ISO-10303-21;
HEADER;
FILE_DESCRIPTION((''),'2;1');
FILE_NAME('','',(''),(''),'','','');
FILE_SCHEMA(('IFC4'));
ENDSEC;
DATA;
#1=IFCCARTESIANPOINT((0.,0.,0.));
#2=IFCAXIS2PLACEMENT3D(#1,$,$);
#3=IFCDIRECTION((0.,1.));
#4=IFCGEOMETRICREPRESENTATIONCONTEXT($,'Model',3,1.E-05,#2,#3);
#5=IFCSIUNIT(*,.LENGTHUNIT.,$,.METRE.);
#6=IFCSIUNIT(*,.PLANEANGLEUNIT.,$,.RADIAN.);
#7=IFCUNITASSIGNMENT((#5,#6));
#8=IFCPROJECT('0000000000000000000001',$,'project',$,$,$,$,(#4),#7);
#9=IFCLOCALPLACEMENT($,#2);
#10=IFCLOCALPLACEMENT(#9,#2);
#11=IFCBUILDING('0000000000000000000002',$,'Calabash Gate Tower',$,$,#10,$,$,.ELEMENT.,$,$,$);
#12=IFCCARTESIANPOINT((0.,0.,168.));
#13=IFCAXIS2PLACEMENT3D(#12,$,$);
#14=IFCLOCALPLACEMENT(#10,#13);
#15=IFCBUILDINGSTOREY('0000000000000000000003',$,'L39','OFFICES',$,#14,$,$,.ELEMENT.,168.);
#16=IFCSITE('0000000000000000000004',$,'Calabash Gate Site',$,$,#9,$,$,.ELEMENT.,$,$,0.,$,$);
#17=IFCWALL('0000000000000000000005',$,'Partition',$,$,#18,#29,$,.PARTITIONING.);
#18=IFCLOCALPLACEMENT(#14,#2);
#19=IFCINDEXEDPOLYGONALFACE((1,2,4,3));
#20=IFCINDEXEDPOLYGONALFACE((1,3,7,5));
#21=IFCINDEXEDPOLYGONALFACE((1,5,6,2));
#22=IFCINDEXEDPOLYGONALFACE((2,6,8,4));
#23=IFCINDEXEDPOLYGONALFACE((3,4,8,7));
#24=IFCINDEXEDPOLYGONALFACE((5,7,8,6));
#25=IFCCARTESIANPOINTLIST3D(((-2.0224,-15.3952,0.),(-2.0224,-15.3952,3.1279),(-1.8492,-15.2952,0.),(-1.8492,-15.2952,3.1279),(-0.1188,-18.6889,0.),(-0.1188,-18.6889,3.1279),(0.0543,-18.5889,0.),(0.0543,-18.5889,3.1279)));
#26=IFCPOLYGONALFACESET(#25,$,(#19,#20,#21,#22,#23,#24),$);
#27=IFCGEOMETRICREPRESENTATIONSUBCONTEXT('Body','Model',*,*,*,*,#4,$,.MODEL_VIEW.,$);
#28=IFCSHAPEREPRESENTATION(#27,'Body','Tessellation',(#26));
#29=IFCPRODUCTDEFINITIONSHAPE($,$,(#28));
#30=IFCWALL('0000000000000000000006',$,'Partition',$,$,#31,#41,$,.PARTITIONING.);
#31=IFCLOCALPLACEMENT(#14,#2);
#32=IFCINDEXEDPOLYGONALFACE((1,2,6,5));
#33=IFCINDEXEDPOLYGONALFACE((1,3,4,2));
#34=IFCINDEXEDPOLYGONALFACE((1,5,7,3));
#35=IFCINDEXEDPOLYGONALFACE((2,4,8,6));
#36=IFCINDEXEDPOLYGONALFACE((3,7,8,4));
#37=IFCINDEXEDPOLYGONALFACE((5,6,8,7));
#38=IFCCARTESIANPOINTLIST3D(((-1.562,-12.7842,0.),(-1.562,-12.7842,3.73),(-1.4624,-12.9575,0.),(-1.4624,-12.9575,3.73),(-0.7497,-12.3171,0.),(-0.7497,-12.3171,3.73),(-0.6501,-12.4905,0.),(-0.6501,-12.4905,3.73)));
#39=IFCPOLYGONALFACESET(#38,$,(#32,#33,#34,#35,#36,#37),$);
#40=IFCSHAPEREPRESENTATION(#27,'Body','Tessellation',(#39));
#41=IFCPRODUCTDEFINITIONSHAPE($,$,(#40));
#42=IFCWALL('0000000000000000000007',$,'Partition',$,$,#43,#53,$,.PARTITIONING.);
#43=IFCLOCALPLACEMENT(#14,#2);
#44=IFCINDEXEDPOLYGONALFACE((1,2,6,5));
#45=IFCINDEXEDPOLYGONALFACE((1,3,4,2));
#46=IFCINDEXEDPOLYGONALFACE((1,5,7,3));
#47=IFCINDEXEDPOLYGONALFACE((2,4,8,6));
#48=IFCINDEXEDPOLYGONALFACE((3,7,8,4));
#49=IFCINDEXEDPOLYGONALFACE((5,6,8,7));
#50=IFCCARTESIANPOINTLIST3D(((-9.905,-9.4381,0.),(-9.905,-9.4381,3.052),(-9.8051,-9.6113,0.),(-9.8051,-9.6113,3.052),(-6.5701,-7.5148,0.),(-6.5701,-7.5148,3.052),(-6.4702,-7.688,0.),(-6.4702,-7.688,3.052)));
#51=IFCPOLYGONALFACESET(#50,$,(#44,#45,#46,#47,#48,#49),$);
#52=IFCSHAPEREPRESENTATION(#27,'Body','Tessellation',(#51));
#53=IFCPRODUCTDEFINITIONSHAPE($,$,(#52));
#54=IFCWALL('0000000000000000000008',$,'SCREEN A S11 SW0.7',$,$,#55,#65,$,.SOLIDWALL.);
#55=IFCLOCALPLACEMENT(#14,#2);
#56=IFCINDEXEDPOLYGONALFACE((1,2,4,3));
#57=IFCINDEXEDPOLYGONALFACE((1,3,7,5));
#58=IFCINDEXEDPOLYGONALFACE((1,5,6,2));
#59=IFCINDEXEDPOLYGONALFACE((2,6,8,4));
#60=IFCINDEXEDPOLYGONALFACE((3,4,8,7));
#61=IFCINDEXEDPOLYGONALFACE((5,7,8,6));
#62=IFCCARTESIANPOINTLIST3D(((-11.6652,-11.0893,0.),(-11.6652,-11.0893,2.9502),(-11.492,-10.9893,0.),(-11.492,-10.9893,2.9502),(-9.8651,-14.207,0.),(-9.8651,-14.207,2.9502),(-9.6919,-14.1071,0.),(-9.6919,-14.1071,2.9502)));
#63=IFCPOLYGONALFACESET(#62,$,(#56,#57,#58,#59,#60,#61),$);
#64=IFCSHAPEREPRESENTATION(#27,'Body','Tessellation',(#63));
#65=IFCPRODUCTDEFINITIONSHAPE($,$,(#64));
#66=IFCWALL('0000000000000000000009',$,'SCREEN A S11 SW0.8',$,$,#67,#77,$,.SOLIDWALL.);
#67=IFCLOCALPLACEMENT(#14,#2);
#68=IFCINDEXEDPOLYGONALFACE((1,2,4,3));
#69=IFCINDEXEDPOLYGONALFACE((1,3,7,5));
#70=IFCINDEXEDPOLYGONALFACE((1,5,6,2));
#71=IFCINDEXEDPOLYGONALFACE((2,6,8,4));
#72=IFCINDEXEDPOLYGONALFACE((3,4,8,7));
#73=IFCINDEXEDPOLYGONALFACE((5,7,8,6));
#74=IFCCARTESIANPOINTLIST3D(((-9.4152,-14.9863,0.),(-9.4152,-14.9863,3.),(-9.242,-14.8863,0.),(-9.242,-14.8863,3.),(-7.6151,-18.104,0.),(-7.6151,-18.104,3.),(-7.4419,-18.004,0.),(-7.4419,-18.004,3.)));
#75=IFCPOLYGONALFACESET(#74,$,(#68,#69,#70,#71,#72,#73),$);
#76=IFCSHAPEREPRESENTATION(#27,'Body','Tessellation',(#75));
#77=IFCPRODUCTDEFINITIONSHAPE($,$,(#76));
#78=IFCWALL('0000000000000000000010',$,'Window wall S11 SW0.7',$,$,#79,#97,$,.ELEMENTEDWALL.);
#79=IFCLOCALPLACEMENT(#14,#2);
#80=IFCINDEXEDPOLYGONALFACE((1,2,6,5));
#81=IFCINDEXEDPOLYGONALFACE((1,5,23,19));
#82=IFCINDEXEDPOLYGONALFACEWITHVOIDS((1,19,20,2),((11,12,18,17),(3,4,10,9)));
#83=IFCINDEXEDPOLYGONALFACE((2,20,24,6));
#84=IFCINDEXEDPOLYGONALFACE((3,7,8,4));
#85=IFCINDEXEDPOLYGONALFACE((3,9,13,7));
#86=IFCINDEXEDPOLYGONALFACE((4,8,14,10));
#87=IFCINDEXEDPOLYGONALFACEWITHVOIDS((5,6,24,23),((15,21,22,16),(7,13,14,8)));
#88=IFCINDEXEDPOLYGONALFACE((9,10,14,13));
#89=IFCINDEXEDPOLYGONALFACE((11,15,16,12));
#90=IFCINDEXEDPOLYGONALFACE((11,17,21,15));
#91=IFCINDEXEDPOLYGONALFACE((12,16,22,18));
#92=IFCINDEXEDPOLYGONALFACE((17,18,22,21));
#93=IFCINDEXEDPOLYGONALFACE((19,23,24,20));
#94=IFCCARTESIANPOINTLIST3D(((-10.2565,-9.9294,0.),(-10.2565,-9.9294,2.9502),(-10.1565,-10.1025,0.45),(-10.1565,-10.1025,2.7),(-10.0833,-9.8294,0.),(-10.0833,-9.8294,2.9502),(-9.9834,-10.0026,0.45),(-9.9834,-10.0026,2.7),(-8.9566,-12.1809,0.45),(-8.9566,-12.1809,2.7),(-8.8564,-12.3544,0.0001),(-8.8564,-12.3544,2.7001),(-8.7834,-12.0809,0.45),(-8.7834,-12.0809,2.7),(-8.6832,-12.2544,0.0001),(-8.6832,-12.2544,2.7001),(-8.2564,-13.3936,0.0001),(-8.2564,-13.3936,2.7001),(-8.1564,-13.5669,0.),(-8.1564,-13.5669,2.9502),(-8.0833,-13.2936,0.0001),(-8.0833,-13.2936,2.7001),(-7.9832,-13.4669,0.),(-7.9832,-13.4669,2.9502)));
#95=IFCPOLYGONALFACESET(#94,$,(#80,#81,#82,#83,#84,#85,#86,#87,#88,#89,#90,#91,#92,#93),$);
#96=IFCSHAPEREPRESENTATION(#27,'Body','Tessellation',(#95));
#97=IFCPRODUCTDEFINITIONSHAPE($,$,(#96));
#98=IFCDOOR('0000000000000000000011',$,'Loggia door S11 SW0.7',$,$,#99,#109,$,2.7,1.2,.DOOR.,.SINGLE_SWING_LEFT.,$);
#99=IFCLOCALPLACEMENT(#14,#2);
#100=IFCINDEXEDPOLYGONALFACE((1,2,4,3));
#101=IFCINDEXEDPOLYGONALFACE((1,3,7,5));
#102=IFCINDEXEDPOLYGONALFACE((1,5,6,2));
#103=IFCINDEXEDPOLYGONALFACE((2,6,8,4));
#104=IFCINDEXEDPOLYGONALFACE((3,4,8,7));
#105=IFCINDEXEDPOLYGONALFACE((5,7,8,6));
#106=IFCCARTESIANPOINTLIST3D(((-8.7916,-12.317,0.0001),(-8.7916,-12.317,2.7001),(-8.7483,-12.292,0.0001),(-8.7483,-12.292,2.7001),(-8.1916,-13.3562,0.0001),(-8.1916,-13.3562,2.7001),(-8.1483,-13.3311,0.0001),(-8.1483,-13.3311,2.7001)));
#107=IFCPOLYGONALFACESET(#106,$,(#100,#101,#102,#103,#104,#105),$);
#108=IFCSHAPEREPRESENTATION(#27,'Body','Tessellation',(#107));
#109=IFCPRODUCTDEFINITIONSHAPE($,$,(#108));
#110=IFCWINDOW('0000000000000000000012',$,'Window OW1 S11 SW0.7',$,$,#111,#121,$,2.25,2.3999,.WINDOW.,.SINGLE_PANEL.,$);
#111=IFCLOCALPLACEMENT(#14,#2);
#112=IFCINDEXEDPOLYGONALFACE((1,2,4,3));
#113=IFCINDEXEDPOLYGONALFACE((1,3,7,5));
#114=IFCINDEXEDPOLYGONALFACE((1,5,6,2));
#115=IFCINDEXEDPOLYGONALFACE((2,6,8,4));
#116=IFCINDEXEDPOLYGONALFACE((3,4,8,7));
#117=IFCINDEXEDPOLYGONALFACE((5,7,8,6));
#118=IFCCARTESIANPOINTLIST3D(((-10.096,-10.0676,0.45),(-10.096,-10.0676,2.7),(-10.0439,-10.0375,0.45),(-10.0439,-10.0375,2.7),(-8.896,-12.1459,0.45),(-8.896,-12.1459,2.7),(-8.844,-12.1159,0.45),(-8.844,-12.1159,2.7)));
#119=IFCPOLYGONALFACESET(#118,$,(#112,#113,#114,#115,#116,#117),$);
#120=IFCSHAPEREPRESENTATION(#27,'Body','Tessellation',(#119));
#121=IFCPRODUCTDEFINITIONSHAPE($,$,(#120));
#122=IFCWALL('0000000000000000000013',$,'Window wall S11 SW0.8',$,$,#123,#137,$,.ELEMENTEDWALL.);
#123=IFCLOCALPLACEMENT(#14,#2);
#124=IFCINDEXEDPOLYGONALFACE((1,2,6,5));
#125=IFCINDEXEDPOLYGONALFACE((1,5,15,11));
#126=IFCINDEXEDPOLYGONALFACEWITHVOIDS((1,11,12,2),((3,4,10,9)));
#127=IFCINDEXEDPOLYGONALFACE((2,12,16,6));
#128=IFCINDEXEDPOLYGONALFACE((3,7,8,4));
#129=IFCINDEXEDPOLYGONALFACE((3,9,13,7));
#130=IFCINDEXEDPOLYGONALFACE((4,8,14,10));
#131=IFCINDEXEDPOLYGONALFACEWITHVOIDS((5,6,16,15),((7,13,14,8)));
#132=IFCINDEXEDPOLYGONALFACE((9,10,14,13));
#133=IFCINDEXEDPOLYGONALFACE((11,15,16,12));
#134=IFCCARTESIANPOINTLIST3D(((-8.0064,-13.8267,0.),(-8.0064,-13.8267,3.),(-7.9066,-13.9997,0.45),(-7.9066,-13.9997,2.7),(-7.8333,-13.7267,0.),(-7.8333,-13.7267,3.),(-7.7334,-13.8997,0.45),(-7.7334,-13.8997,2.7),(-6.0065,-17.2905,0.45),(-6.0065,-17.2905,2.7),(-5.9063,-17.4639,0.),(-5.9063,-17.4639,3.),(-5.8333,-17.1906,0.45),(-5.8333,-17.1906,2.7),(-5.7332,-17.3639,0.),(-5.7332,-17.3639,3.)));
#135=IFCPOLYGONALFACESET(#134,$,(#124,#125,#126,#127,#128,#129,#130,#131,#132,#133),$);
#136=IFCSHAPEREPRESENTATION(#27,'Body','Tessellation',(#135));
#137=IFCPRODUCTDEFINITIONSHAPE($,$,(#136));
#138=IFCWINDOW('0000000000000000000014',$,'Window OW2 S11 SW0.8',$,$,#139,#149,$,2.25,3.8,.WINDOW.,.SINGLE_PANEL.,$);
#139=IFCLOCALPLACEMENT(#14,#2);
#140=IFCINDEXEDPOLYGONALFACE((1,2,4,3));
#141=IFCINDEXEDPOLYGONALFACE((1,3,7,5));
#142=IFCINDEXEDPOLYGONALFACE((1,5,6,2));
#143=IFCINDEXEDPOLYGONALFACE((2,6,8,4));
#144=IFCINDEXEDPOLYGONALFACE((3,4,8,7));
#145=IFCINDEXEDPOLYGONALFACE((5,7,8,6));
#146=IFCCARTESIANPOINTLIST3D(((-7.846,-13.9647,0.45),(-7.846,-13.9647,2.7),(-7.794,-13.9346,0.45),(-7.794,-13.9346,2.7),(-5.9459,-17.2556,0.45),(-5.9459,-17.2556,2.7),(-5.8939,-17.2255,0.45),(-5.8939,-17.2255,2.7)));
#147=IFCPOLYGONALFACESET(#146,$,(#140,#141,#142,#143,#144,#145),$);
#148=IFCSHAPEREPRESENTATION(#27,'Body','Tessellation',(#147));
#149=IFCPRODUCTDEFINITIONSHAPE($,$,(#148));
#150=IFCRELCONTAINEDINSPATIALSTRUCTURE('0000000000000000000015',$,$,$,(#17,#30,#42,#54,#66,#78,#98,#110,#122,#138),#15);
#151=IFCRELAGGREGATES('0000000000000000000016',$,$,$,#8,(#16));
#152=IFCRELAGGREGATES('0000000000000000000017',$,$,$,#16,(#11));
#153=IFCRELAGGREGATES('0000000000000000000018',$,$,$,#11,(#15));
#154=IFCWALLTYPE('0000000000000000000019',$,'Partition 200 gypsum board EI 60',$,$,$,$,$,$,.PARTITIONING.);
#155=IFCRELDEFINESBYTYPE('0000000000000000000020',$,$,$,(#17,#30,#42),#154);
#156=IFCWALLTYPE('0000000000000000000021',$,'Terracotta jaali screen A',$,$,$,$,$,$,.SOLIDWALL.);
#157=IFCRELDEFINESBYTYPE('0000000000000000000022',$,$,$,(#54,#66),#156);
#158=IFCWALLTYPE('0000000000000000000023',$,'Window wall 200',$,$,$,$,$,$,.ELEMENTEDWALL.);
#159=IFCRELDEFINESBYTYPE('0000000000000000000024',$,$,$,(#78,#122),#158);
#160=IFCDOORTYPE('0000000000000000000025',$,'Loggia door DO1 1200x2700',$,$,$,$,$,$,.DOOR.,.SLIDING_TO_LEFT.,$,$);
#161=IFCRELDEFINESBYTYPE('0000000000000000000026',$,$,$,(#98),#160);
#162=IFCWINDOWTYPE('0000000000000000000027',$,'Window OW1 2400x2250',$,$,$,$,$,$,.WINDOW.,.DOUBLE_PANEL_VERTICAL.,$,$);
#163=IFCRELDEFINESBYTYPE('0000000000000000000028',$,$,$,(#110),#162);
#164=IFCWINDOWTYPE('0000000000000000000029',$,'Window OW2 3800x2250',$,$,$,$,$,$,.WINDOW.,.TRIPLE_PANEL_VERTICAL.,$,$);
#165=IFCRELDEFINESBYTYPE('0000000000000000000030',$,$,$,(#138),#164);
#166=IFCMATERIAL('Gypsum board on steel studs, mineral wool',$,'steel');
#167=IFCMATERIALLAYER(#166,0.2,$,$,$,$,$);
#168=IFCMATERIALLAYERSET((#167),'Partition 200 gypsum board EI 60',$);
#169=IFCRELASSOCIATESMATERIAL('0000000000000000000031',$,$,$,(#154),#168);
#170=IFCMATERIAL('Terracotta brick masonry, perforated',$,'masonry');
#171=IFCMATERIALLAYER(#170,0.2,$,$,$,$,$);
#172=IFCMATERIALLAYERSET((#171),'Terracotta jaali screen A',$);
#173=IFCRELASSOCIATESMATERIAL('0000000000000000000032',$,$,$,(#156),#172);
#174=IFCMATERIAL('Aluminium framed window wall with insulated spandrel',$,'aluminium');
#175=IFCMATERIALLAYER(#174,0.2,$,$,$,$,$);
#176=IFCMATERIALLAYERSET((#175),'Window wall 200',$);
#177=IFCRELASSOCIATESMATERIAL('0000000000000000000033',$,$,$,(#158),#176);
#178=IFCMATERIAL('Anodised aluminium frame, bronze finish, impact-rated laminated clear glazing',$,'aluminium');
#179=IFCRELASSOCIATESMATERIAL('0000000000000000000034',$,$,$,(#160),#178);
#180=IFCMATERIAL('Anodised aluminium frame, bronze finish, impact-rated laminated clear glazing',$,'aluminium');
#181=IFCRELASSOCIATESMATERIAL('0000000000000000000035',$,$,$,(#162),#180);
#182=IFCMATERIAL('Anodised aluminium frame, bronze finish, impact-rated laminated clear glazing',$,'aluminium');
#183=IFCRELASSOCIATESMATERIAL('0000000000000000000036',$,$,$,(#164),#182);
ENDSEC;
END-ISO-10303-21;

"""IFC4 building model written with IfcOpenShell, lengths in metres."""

from ifc_helpers import new_model, si_unit, direction, frame, frame_2d, origin, place, context, subcontext, project, spatial, rectangle, extrude, material, layer, layer_set, type_object, element, fill, save


model = new_model("IFC4")

# Units and contexts
model_context = context("Model", 3, precision=1e-05, world=origin(), true_north=direction((0.0, 1.0)))
body_context = subcontext(model_context, "Body", "Model", "MODEL_VIEW")
ifc_project = project(units=[si_unit("LENGTHUNIT", "METRE"), si_unit("PLANEANGLEUNIT", "RADIAN")], contexts=[model_context])

# Site, building, storey
site_placement = place(None, origin())
site = spatial("IfcSite", under=ifc_project, at=site_placement, Name="Calabash Gate Site", CompositionType="ELEMENT", RefElevation=0.0)
building_placement = place(site_placement, origin())
building = spatial("IfcBuilding", under=site, at=building_placement, Name="Calabash Gate Tower", CompositionType="ELEMENT")
storey_placement = place(building_placement, frame((0.0, 0.0, 168.0)))
storey = spatial("IfcBuildingStorey", under=building, at=storey_placement, Name="L39", Description="OFFICES", CompositionType="ELEMENT", Elevation=168.0)

# Walls
ifc_material_1 = material(Name="Gypsum board on steel studs, mineral wool", Category="steel")
ifc_layer_1 = layer(ifc_material_1, 0.2)
ifc_layer_set_1 = layer_set([ifc_layer_1], Name="Partition 200 gypsum board EI 60")
wall_type_1 = type_object("IfcWallType", Name="Partition 200 gypsum board EI 60", PredefinedType="PARTITIONING", material=ifc_layer_set_1)
wall_1_placement = place(storey_placement, frame((-1.9358, -15.3452, 0.0), z_axis=(0.0, 0.0, 1.0), x_axis=(0.500383, -0.865804, 0.0)))
element("IfcWall", 1, at=wall_1_placement, inside=storey, type_object=wall_type_1, Name="Partition", PredefinedType="PARTITIONING", context=body_context, shape_type="SweptSolid", body=[
    extrude(rectangle(XDim=3.8042, YDim=0.2, at=frame_2d((1.9021, 0.0))), origin(), (0.0, 0.0, 1.0), 3.1279),
])
wall_2_placement = place(storey_placement, frame((-1.5122, -12.8708, 0.0), z_axis=(0.0, 0.0, 1.0), x_axis=(0.866909, 0.498466, 0.0)))
element("IfcWall", 2, at=wall_2_placement, inside=storey, type_object=wall_type_1, Name="Partition", PredefinedType="PARTITIONING", context=body_context, shape_type="SweptSolid", body=[
    extrude(rectangle(XDim=0.937, YDim=0.2, at=frame_2d((0.4685, 0.0))), origin(), (0.0, 0.0, 1.0), 3.73),
])
wall_3_placement = place(storey_placement, frame((-9.855, -9.5247, 0.0), z_axis=(0.0, 0.0, 1.0), x_axis=(0.866262, 0.499591, 0.0)))
element("IfcWall", 3, at=wall_3_placement, inside=storey, type_object=wall_type_1, Name="Partition", PredefinedType="PARTITIONING", context=body_context, shape_type="SweptSolid", body=[
    extrude(rectangle(XDim=3.8499, YDim=0.2, at=frame_2d((1.9248, 0.0))), origin(), (0.0, 0.0, 1.0), 3.052),
])
ifc_material_2 = material(Name="Terracotta brick masonry, perforated", Category="masonry")
ifc_layer_2 = layer(ifc_material_2, 0.2)
ifc_layer_set_2 = layer_set([ifc_layer_2], Name="Terracotta jaali screen A")
wall_type_2 = type_object("IfcWallType", Name="Terracotta jaali screen A", PredefinedType="SOLIDWALL", material=ifc_layer_set_2)
wall_4_placement = place(storey_placement, frame((-11.5786, -11.0393, 0.0), z_axis=(0.0, 0.0, 1.0), x_axis=(0.500012, -0.866018, 0.0)))
element("IfcWall", 4, at=wall_4_placement, inside=storey, type_object=wall_type_2, Name="SCREEN A S11 SW0.7", PredefinedType="SOLIDWALL", context=body_context, shape_type="SweptSolid", body=[
    extrude(rectangle(XDim=3.6001, YDim=0.2, at=frame_2d((1.8, 0.0))), origin(), (0.0, 0.0, 1.0), 2.9502),
])
wall_5_placement = place(storey_placement, frame((-9.3286, -14.9363, 0.0), z_axis=(0.0, 0.0, 1.0), x_axis=(0.500012, -0.866018, 0.0)))
element("IfcWall", 5, at=wall_5_placement, inside=storey, type_object=wall_type_2, Name="SCREEN A S11 SW0.8", PredefinedType="SOLIDWALL", context=body_context, shape_type="SweptSolid", body=[
    extrude(rectangle(XDim=3.6001, YDim=0.2, at=frame_2d((1.8, 0.0))), origin(), (0.0, 0.0, 1.0), 3.0),
])

# Wall, openings, door, window
ifc_material_3 = material(Name="Aluminium framed window wall with insulated spandrel", Category="aluminium")
ifc_layer_3 = layer(ifc_material_3, 0.2)
ifc_layer_set_3 = layer_set([ifc_layer_3], Name="Window wall 200")
wall_type_3 = type_object("IfcWallType", Name="Window wall 200", PredefinedType="ELEMENTEDWALL", material=ifc_layer_set_3)
wall_6_placement = place(storey_placement, frame((-10.1699, -9.8794, 0.0), z_axis=(0.0, 0.0, 1.0), x_axis=(0.500003, -0.866024, 0.0)))
wall_6 = element("IfcWall", 6, at=wall_6_placement, inside=storey, type_object=wall_type_3, Name="Window wall S11 SW0.7", PredefinedType="ELEMENTEDWALL", context=body_context, shape_type="SweptSolid", body=[
    extrude(rectangle(XDim=4.2002, YDim=0.2, at=frame_2d((2.1001, 0.0))), origin(), (0.0, 0.0, 1.0), 2.9502),
])
opening_1_placement = place(wall_6_placement, frame((0.2, 0.0, 0.45)))
opening_1 = element("IfcOpeningElement", 7, at=opening_1_placement, cuts=wall_6, PredefinedType="OPENING", context=body_context, shape_type="SweptSolid", body=[
    extrude(rectangle(XDim=2.3999, YDim=2.25, at=frame_2d((1.2, 1.125))), frame((0.0, 0.1099, 0.0), z_axis=(0.0, -1.0, 0.0), x_axis=(1.0, 0.0, 0.0)), (0.0, 0.0, 1.0), 0.22),
])
opening_2_placement = place(wall_6_placement, frame((2.8, 0.0, 0.0)))
opening_2 = element("IfcOpeningElement", 8, at=opening_2_placement, cuts=wall_6, PredefinedType="OPENING", context=body_context, shape_type="SweptSolid", body=[
    extrude(rectangle(XDim=1.2, YDim=2.7, at=frame_2d((0.6001, 1.3501))), frame((0.0, 0.1099, 0.0), z_axis=(0.0, -1.0, 0.0), x_axis=(1.0, 0.0, 0.0)), (0.0, 0.0, 1.0), 0.22),
])
ifc_material_4 = material(Name="Anodised aluminium frame, bronze finish, impact-rated laminated clear glazing", Category="aluminium")
door_type = type_object("IfcDoorType", Name="Loggia door DO1 1200x2700", OperationType="SLIDING_TO_LEFT", PredefinedType="DOOR", material=ifc_material_4)
door_placement = place(opening_2_placement, origin())
door = element("IfcDoor", 9, at=door_placement, inside=storey, type_object=door_type, Name="Loggia door S11 SW0.7", OperationType="SINGLE_SWING_LEFT", OverallHeight=2.7, OverallWidth=1.2, PredefinedType="DOOR", context=body_context, shape_type="SweptSolid", body=[
    extrude(rectangle(XDim=1.2, YDim=2.7, at=frame_2d((0.6001, 1.3501))), frame((0.0, 0.0249, 0.0), z_axis=(0.0, -1.0, 0.0), x_axis=(1.0, 0.0, 0.0)), (0.0, 0.0, 1.0), 0.05),
])
fill(opening_2, door)
ifc_material_5 = material(Name="Anodised aluminium frame, bronze finish, impact-rated laminated clear glazing", Category="aluminium")
window_type_1 = type_object("IfcWindowType", Name="Window OW1 2400x2250", PartitioningType="DOUBLE_PANEL_VERTICAL", PredefinedType="WINDOW", material=ifc_material_5)
window_1_placement = place(opening_1_placement, origin())
window_1 = element("IfcWindow", 10, at=window_1_placement, inside=storey, type_object=window_type_1, Name="Window OW1 S11 SW0.7", OverallHeight=2.25, OverallWidth=2.3999, PartitioningType="SINGLE_PANEL", PredefinedType="WINDOW", context=body_context, shape_type="SweptSolid", body=[
    extrude(rectangle(XDim=2.3999, YDim=2.25, at=frame_2d((1.2, 1.125))), frame((0.0, 0.03, 0.0), z_axis=(0.0, -1.0, 0.0), x_axis=(1.0, 0.0, 0.0)), (0.0, 0.0, 1.0), 0.0601),
])
fill(opening_1, window_1)

# Wall, opening, window
wall_7_placement = place(storey_placement, frame((-7.9199, -13.7766, 0.0), z_axis=(0.0, 0.0, 1.0), x_axis=(0.500028, -0.866009, 0.0)))
wall_7 = element("IfcWall", 11, at=wall_7_placement, inside=storey, type_object=wall_type_3, Name="Window wall S11 SW0.8", PredefinedType="ELEMENTEDWALL", context=body_context, shape_type="SweptSolid", body=[
    extrude(rectangle(XDim=4.2, YDim=0.2, at=frame_2d((2.1001, 0.0))), origin(), (0.0, 0.0, 1.0), 3.0),
])
opening_3_placement = place(wall_7_placement, frame((0.2, 0.0, 0.45)))
opening_3 = element("IfcOpeningElement", 12, at=opening_3_placement, cuts=wall_7, PredefinedType="OPENING", context=body_context, shape_type="SweptSolid", body=[
    extrude(rectangle(XDim=3.8, YDim=2.25, at=frame_2d((1.8999, 1.125))), frame((0.0, 0.1099, 0.0), z_axis=(0.0, -1.0, 0.0), x_axis=(1.0, 0.0, 0.0)), (0.0, 0.0, 1.0), 0.22),
])
ifc_material_6 = material(Name="Anodised aluminium frame, bronze finish, impact-rated laminated clear glazing", Category="aluminium")
window_type_2 = type_object("IfcWindowType", Name="Window OW2 3800x2250", PartitioningType="TRIPLE_PANEL_VERTICAL", PredefinedType="WINDOW", material=ifc_material_6)
window_2_placement = place(opening_3_placement, origin())
window_2 = element("IfcWindow", 13, at=window_2_placement, inside=storey, type_object=window_type_2, Name="Window OW2 S11 SW0.8", OverallHeight=2.25, OverallWidth=3.8, PartitioningType="SINGLE_PANEL", PredefinedType="WINDOW", context=body_context, shape_type="SweptSolid", body=[
    extrude(rectangle(XDim=3.8, YDim=2.25, at=frame_2d((1.8999, 1.125))), frame((0.0, 0.03, 0.0), z_axis=(0.0, -1.0, 0.0), x_axis=(1.0, 0.0, 0.0)), (0.0, 0.0, 1.0), 0.0601),
])
fill(opening_3, window_2)

save(model, "model.ifc")
